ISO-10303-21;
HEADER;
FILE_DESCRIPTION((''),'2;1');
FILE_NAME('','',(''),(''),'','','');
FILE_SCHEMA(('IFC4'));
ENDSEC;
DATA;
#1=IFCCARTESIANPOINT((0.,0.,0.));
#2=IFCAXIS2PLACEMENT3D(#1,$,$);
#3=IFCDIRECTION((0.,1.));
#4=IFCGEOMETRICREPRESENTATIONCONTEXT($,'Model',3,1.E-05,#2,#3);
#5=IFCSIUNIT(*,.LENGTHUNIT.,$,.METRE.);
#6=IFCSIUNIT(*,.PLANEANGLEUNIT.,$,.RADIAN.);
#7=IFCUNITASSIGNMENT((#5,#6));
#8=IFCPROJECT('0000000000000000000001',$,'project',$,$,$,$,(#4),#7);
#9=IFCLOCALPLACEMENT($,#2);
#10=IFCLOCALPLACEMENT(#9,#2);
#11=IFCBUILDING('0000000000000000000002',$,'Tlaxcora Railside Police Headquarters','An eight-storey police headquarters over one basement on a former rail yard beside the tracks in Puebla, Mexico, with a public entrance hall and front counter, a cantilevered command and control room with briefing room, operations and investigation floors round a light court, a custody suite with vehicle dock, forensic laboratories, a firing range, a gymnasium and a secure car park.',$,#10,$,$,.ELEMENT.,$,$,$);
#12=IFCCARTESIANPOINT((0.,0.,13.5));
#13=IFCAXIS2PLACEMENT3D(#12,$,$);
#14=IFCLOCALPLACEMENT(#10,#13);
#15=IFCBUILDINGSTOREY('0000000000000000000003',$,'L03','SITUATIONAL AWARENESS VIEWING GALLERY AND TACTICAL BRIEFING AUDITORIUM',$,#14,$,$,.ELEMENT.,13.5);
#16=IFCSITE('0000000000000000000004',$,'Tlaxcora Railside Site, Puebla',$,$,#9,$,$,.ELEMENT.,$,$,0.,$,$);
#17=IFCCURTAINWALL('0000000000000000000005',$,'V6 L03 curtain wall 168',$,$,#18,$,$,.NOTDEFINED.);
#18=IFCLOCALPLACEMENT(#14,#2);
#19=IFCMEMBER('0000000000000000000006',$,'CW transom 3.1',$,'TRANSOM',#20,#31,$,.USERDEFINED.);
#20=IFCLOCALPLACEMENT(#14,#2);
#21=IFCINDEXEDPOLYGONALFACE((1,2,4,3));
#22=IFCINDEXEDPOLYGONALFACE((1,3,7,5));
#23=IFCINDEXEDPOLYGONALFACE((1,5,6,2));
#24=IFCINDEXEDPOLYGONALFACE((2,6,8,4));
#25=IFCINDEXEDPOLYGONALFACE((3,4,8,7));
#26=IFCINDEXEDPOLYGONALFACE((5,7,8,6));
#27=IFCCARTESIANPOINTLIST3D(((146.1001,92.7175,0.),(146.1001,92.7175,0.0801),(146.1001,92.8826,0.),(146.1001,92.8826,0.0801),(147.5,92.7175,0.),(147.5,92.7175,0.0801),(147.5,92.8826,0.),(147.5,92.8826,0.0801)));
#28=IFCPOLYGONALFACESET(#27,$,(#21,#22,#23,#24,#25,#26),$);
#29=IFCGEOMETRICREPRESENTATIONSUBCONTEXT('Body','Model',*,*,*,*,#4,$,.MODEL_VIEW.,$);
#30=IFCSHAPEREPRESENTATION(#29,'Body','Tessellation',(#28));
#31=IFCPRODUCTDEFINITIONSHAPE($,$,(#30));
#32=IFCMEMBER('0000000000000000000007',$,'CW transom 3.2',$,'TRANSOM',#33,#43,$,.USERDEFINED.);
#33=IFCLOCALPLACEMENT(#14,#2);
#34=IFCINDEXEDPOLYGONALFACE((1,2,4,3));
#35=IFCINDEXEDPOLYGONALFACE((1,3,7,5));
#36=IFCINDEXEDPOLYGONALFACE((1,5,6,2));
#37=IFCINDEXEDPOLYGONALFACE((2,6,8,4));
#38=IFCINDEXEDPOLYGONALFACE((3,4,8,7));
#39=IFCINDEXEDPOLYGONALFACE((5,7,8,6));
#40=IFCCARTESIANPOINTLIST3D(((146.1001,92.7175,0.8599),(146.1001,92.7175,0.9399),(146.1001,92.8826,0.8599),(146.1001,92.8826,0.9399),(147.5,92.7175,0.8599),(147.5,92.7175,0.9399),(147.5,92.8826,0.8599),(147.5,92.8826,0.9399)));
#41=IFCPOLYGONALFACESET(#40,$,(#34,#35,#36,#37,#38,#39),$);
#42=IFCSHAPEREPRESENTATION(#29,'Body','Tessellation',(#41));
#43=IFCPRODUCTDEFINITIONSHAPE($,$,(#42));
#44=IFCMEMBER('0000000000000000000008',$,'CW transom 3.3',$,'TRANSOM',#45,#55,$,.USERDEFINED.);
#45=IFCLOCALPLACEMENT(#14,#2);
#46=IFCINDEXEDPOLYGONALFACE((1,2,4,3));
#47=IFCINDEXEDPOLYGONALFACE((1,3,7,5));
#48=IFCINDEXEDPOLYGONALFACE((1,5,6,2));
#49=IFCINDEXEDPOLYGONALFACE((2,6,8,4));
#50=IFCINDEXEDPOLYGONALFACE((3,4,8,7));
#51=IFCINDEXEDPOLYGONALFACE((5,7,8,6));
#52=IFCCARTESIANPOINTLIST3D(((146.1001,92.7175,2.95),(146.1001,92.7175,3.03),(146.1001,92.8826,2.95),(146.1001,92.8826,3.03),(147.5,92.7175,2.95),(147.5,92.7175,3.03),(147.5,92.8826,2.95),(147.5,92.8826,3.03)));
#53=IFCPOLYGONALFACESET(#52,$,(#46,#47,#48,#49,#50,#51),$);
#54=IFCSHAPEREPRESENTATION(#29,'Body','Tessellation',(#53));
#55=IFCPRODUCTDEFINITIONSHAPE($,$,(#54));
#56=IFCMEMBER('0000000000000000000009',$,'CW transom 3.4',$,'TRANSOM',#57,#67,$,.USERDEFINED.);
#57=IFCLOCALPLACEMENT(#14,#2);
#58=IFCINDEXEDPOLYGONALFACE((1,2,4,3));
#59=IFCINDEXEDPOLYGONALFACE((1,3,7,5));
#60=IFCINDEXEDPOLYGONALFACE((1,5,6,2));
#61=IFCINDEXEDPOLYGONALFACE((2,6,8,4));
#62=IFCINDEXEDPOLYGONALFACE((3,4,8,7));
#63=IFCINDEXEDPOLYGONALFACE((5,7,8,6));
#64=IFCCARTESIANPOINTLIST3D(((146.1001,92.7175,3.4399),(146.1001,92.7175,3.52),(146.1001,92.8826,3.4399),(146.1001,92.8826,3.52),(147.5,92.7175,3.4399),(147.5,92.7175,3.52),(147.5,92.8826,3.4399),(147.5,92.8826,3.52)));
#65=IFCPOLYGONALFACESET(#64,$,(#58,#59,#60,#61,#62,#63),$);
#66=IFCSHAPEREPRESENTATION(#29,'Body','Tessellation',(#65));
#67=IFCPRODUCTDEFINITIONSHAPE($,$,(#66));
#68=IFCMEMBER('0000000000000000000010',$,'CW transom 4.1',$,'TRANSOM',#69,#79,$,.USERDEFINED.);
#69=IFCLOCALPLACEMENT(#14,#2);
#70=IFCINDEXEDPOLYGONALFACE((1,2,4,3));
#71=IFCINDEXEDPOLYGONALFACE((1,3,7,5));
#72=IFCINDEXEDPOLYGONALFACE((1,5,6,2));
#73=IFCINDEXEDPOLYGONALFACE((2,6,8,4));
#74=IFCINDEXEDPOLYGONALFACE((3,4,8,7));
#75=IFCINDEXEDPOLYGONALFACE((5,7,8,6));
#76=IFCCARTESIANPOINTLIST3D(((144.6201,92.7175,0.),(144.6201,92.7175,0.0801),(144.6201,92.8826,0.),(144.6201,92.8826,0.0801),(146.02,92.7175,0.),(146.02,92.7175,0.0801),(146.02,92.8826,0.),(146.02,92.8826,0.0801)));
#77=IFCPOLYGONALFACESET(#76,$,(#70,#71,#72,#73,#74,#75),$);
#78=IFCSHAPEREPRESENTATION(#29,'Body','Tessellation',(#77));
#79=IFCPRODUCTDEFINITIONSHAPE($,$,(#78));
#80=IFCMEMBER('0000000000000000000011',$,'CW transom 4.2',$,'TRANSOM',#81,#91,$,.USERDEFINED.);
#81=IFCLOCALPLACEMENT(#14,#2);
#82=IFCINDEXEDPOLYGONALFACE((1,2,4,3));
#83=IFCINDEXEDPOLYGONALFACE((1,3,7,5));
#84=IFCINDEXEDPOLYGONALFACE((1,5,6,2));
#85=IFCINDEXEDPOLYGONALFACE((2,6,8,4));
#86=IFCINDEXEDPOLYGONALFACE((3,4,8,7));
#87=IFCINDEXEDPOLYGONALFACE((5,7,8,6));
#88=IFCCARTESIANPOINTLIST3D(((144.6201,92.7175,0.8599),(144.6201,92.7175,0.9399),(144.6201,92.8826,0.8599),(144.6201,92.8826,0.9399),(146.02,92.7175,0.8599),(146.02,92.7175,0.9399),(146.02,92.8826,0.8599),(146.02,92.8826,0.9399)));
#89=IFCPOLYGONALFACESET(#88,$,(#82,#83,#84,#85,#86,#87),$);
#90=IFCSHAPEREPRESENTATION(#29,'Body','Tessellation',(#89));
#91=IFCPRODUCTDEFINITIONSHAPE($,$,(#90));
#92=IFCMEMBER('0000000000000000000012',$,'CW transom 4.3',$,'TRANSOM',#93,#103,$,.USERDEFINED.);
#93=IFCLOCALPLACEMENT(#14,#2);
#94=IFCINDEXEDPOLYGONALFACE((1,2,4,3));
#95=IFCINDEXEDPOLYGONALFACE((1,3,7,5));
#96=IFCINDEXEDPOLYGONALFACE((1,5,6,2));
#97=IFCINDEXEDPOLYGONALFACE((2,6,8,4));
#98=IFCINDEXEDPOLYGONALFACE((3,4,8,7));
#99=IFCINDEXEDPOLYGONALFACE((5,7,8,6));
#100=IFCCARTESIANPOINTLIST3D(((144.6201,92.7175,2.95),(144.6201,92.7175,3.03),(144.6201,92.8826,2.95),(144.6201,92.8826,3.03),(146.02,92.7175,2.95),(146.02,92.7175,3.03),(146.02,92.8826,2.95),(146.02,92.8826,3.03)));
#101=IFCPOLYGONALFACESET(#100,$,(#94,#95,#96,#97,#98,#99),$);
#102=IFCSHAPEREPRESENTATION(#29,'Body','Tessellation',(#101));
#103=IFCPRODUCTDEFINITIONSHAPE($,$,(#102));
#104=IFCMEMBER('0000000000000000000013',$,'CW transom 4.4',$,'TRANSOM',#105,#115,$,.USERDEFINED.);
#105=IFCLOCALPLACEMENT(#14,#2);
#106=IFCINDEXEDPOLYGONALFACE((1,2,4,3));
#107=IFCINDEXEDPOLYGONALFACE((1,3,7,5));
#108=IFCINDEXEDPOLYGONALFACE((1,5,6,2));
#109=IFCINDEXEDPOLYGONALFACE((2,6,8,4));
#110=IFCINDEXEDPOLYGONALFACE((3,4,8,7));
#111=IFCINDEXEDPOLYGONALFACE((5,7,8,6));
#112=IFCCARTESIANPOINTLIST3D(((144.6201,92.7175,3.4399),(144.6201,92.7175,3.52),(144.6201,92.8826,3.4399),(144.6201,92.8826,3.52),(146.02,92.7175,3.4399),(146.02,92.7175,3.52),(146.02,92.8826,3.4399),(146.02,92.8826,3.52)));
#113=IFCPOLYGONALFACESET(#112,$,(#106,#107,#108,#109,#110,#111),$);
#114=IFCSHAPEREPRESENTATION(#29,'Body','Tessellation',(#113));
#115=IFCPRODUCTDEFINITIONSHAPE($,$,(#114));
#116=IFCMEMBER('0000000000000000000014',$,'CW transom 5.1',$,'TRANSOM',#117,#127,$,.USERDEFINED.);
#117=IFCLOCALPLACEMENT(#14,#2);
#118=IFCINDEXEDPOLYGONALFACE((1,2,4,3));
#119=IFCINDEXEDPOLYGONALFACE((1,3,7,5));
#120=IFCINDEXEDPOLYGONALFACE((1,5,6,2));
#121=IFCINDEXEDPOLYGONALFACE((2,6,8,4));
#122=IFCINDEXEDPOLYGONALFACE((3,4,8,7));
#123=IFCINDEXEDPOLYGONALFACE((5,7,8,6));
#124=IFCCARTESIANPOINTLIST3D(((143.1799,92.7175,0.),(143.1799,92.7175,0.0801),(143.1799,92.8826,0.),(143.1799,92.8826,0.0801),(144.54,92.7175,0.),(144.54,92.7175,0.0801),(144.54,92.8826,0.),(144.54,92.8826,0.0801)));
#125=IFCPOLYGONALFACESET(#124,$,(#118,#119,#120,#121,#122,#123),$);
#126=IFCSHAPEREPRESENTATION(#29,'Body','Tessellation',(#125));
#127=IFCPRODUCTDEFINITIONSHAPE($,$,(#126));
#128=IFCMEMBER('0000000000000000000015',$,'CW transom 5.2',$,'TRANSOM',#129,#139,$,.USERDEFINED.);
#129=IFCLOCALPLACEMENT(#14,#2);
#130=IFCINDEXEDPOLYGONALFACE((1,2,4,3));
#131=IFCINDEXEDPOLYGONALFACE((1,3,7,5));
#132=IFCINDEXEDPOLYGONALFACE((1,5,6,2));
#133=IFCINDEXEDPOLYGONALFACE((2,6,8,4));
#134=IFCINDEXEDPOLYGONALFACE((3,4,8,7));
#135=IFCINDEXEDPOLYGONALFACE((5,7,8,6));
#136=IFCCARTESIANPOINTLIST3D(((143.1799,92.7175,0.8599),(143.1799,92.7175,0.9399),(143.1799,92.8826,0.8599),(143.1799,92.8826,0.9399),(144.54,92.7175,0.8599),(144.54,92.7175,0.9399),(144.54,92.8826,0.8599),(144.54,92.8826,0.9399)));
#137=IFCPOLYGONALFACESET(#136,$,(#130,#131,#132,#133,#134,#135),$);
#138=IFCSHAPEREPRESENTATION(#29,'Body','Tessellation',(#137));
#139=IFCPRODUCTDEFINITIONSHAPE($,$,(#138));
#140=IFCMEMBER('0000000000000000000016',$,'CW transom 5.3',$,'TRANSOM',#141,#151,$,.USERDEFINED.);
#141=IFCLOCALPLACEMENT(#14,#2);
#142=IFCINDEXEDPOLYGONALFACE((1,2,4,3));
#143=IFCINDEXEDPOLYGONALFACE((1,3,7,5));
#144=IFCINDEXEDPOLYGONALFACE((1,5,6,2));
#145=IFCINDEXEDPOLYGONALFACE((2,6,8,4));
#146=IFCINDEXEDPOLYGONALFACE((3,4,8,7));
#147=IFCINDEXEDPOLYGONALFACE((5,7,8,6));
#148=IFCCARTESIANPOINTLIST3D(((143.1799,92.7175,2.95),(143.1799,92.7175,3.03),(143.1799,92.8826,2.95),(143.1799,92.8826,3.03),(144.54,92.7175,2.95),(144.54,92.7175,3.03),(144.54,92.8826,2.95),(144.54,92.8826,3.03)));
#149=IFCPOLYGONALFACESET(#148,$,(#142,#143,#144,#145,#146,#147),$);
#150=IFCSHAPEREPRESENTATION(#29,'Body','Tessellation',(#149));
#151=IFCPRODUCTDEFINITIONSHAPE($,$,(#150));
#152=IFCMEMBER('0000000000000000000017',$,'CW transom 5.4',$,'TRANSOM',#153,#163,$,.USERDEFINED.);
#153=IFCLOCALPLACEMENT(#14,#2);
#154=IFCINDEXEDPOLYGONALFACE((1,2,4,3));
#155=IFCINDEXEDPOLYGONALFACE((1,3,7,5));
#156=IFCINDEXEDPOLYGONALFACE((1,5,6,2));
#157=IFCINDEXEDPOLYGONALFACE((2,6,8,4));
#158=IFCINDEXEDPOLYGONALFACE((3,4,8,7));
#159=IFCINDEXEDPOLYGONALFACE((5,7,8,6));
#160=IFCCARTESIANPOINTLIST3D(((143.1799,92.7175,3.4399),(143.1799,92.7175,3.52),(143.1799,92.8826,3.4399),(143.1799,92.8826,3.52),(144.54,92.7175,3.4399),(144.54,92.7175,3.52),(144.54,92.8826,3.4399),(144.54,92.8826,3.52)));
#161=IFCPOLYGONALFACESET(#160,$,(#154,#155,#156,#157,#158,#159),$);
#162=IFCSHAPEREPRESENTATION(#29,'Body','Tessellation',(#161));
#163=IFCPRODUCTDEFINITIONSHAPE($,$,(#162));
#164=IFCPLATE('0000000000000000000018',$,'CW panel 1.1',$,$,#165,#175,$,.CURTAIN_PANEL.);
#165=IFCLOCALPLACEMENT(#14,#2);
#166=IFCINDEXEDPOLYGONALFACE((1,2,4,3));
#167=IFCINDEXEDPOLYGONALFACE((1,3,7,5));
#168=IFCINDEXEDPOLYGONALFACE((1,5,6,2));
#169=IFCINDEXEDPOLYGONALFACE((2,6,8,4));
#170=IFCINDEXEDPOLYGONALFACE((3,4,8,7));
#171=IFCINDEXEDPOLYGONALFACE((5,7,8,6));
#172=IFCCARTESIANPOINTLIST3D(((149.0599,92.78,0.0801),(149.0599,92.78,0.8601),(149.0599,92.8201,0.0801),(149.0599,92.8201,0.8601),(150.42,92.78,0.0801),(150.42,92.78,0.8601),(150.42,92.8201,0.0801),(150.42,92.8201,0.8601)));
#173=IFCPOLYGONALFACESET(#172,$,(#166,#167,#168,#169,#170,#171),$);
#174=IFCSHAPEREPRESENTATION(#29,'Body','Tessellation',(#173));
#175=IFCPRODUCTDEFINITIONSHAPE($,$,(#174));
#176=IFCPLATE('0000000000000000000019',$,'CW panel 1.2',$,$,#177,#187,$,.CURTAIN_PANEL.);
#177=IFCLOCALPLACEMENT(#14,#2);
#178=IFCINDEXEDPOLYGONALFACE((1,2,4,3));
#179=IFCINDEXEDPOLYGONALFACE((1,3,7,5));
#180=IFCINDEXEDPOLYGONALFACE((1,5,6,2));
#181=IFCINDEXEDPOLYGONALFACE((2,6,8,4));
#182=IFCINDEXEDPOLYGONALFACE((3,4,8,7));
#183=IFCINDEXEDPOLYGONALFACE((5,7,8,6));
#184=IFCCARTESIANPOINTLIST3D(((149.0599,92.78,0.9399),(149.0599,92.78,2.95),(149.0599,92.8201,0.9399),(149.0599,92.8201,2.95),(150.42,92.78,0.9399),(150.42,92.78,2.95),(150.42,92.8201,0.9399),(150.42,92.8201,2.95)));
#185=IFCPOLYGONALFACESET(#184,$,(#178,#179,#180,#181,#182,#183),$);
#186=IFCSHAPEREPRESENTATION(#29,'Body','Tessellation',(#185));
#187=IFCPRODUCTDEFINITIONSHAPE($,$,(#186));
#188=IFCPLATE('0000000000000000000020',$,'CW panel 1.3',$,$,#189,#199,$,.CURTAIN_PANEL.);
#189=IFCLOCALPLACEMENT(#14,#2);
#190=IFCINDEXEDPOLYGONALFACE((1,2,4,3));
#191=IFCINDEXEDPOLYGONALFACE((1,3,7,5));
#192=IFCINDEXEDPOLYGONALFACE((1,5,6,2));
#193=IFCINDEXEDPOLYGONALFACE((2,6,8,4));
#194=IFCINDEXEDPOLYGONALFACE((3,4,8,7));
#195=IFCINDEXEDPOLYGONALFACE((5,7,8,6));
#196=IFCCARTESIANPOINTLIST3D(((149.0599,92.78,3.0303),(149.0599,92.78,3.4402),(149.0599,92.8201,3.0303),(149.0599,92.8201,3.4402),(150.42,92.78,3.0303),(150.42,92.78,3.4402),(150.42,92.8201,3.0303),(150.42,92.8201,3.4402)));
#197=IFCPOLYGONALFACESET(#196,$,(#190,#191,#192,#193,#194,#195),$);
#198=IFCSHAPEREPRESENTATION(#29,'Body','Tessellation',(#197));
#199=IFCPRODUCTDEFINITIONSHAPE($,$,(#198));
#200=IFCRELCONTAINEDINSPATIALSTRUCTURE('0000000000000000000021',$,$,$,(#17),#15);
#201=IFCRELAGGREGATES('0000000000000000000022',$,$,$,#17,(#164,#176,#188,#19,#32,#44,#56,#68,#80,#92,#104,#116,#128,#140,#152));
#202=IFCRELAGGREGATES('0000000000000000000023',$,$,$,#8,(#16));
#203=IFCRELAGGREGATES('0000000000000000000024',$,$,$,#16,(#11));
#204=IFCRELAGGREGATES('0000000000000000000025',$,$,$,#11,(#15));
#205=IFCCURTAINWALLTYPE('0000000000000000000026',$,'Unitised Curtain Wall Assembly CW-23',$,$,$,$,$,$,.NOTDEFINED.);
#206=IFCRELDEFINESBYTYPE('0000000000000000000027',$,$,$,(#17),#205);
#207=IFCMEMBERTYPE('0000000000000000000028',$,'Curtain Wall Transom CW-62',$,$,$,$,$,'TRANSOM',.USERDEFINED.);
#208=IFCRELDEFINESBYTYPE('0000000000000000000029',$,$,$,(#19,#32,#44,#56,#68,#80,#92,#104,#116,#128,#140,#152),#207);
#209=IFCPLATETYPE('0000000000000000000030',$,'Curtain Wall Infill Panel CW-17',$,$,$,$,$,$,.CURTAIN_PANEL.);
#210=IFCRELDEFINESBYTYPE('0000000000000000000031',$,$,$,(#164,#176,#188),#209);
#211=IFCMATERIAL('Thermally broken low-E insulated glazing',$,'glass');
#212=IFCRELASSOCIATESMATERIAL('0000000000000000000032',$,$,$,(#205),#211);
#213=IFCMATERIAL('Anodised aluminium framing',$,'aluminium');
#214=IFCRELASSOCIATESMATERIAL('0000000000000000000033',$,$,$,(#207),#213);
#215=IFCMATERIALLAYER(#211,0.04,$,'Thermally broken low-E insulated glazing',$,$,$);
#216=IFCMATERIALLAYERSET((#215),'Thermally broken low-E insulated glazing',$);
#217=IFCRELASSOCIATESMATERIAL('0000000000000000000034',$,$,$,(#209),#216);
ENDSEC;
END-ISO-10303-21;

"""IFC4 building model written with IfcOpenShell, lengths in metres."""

from ifc_helpers import new_model, si_unit, direction, frame, origin, origin_2d, place, context, subcontext, project, spatial, rectangle, extrude, material, layer, layer_set, material_profile, profile_set, type_object, element, aggregate, save


model = new_model("IFC4")

# Units and contexts
model_context = context("Model", 3, precision=1e-05, world=origin(), true_north=direction((0.0, 1.0)))
body_context = subcontext(model_context, "Body", "Model", "MODEL_VIEW")
ifc_project = project(units=[si_unit("LENGTHUNIT", "METRE"), si_unit("PLANEANGLEUNIT", "RADIAN")], contexts=[model_context])

# Site, building, storey
site_placement = place(None, origin())
site = spatial("IfcSite", under=ifc_project, at=site_placement, Name="Tlaxcora Railside Site, Puebla", CompositionType="ELEMENT", RefElevation=0.0)
building_placement = place(site_placement, origin())
building = spatial("IfcBuilding", under=site, at=building_placement, Name="Tlaxcora Railside Police Headquarters", Description="An eight-storey police headquarters over one basement on a former rail yard beside the tracks in Puebla, Mexico, with a public entrance hall and front counter, a cantilevered command and control room with briefing room, operations and investigation floors round a light court, a custody suite with vehicle dock, forensic laboratories, a firing range, a gymnasium and a secure car park.", CompositionType="ELEMENT")
storey_placement = place(building_placement, frame((0.0, 0.0, 13.5)))
storey = spatial("IfcBuildingStorey", under=building, at=storey_placement, Name="L03", Description="SITUATIONAL AWARENESS VIEWING GALLERY AND TACTICAL BRIEFING AUDITORIUM", CompositionType="ELEMENT", Elevation=13.5)

# Curtain wall, members, plates
ifc_material_1 = material(Name="Thermally broken low-E insulated glazing", Category="glass")
curtain_wall_type = type_object("IfcCurtainWallType", Name="Unitised Curtain Wall Assembly CW-23", PredefinedType="NOTDEFINED", material=ifc_material_1)
curtain_wall_placement = place(storey_placement, origin())
curtain_wall = element("IfcCurtainWall", 1, at=curtain_wall_placement, inside=storey, type_object=curtain_wall_type, Name="V6 L03 curtain wall 168", PredefinedType="NOTDEFINED")
ifc_material_2 = material(Name="Anodised aluminium framing", Category="aluminium")
ifc_material_profile_1 = material_profile(ifc_material_2, rectangle(XDim=0.165, YDim=0.0801, at=origin_2d()), Name="AL80X165")
ifc_profile_set_1 = profile_set([ifc_material_profile_1], Name="Anodised aluminium framing")
member_type_1 = type_object("IfcMemberType", Name="Curtain Wall Transom CW-62", ElementType="TRANSOM", PredefinedType="USERDEFINED", material=ifc_profile_set_1)
member_1_placement = place(storey_placement, frame((147.5, 92.8, 0.04), z_axis=(-1.0, 0.0, 0.0), x_axis=(0.0, -1.0, 0.0)))
member_1 = element("IfcMember", 2, at=member_1_placement, type_object=member_type_1, Name="CW transom 3.1", ObjectType="TRANSOM", PredefinedType="USERDEFINED", context=body_context, shape_type="SweptSolid", body=[
    extrude(rectangle(XDim=0.165, YDim=0.0801, at=origin_2d()), origin(), (0.0, 0.0, 1.0), 1.3999),
])
member_2_placement = place(storey_placement, frame((147.5, 92.8, 0.8999), z_axis=(-1.0, 0.0, 0.0), x_axis=(0.0, -1.0, 0.0)))
member_2 = element("IfcMember", 3, at=member_2_placement, type_object=member_type_1, Name="CW transom 3.2", ObjectType="TRANSOM", PredefinedType="USERDEFINED", context=body_context, shape_type="SweptSolid", body=[
    extrude(rectangle(XDim=0.165, YDim=0.0801, at=origin_2d()), origin(), (0.0, 0.0, 1.0), 1.3999),
])
member_3_placement = place(storey_placement, frame((147.5, 92.8, 2.99), z_axis=(-1.0, 0.0, 0.0), x_axis=(0.0, -1.0, 0.0)))
member_3 = element("IfcMember", 4, at=member_3_placement, type_object=member_type_1, Name="CW transom 3.3", ObjectType="TRANSOM", PredefinedType="USERDEFINED", context=body_context, shape_type="SweptSolid", body=[
    extrude(rectangle(XDim=0.165, YDim=0.0801, at=origin_2d()), origin(), (0.0, 0.0, 1.0), 1.3999),
])
member_4_placement = place(storey_placement, frame((147.5, 92.8, 3.48), z_axis=(-1.0, 0.0, 0.0), x_axis=(0.0, -1.0, 0.0)))
member_4 = element("IfcMember", 5, at=member_4_placement, type_object=member_type_1, Name="CW transom 3.4", ObjectType="TRANSOM", PredefinedType="USERDEFINED", context=body_context, shape_type="SweptSolid", body=[
    extrude(rectangle(XDim=0.165, YDim=0.0801, at=origin_2d()), origin(), (0.0, 0.0, 1.0), 1.3999),
])
member_5_placement = place(storey_placement, frame((146.02, 92.8, 0.04), z_axis=(-1.0, 0.0, 0.0), x_axis=(0.0, -1.0, 0.0)))
member_5 = element("IfcMember", 6, at=member_5_placement, type_object=member_type_1, Name="CW transom 4.1", ObjectType="TRANSOM", PredefinedType="USERDEFINED", context=body_context, shape_type="SweptSolid", body=[
    extrude(rectangle(XDim=0.165, YDim=0.0801, at=origin_2d()), origin(), (0.0, 0.0, 1.0), 1.3999),
])
member_6_placement = place(storey_placement, frame((146.02, 92.8, 0.8999), z_axis=(-1.0, 0.0, 0.0), x_axis=(0.0, -1.0, 0.0)))
member_6 = element("IfcMember", 7, at=member_6_placement, type_object=member_type_1, Name="CW transom 4.2", ObjectType="TRANSOM", PredefinedType="USERDEFINED", context=body_context, shape_type="SweptSolid", body=[
    extrude(rectangle(XDim=0.165, YDim=0.0801, at=origin_2d()), origin(), (0.0, 0.0, 1.0), 1.3999),
])
member_7_placement = place(storey_placement, frame((146.02, 92.8, 2.99), z_axis=(-1.0, 0.0, 0.0), x_axis=(0.0, -1.0, 0.0)))
member_7 = element("IfcMember", 8, at=member_7_placement, type_object=member_type_1, Name="CW transom 4.3", ObjectType="TRANSOM", PredefinedType="USERDEFINED", context=body_context, shape_type="SweptSolid", body=[
    extrude(rectangle(XDim=0.165, YDim=0.0801, at=origin_2d()), origin(), (0.0, 0.0, 1.0), 1.3999),
])
member_8_placement = place(storey_placement, frame((146.02, 92.8, 3.48), z_axis=(-1.0, 0.0, 0.0), x_axis=(0.0, -1.0, 0.0)))
member_8 = element("IfcMember", 9, at=member_8_placement, type_object=member_type_1, Name="CW transom 4.4", ObjectType="TRANSOM", PredefinedType="USERDEFINED", context=body_context, shape_type="SweptSolid", body=[
    extrude(rectangle(XDim=0.165, YDim=0.0801, at=origin_2d()), origin(), (0.0, 0.0, 1.0), 1.3999),
])
member_9_placement = place(storey_placement, frame((144.54, 92.8, 0.04), z_axis=(-1.0, 0.0, 0.0), x_axis=(0.0, -1.0, 0.0)))
member_9 = element("IfcMember", 10, at=member_9_placement, type_object=member_type_1, Name="CW transom 5.1", ObjectType="TRANSOM", PredefinedType="USERDEFINED", context=body_context, shape_type="SweptSolid", body=[
    extrude(rectangle(XDim=0.165, YDim=0.0801, at=origin_2d()), origin(), (0.0, 0.0, 1.0), 1.3601),
])
member_10_placement = place(storey_placement, frame((144.54, 92.8, 0.8999), z_axis=(-1.0, 0.0, 0.0), x_axis=(0.0, -1.0, 0.0)))
member_10 = element("IfcMember", 11, at=member_10_placement, type_object=member_type_1, Name="CW transom 5.2", ObjectType="TRANSOM", PredefinedType="USERDEFINED", context=body_context, shape_type="SweptSolid", body=[
    extrude(rectangle(XDim=0.165, YDim=0.0801, at=origin_2d()), origin(), (0.0, 0.0, 1.0), 1.3601),
])
member_11_placement = place(storey_placement, frame((144.54, 92.8, 2.99), z_axis=(-1.0, 0.0, 0.0), x_axis=(0.0, -1.0, 0.0)))
member_11 = element("IfcMember", 12, at=member_11_placement, type_object=member_type_1, Name="CW transom 5.3", ObjectType="TRANSOM", PredefinedType="USERDEFINED", context=body_context, shape_type="SweptSolid", body=[
    extrude(rectangle(XDim=0.165, YDim=0.0801, at=origin_2d()), origin(), (0.0, 0.0, 1.0), 1.3601),
])
member_12_placement = place(storey_placement, frame((144.54, 92.8, 3.48), z_axis=(-1.0, 0.0, 0.0), x_axis=(0.0, -1.0, 0.0)))
member_12 = element("IfcMember", 13, at=member_12_placement, type_object=member_type_1, Name="CW transom 5.4", ObjectType="TRANSOM", PredefinedType="USERDEFINED", context=body_context, shape_type="SweptSolid", body=[
    extrude(rectangle(XDim=0.165, YDim=0.0801, at=origin_2d()), origin(), (0.0, 0.0, 1.0), 1.3601),
])
ifc_layer = layer(ifc_material_1, 0.04, Name="Thermally broken low-E insulated glazing")
ifc_layer_set = layer_set([ifc_layer], Name="Thermally broken low-E insulated glazing")
plate_type = type_object("IfcPlateType", Name="Curtain Wall Infill Panel CW-17", PredefinedType="CURTAIN_PANEL", material=ifc_layer_set)
plate_1_placement = place(storey_placement, frame((149.74, 92.8, 0.0801), z_axis=(0.0, 0.0, 1.0), x_axis=(-1.0, 0.0, 0.0)))
plate_1 = element("IfcPlate", 14, at=plate_1_placement, type_object=plate_type, Name="CW panel 1.1", PredefinedType="CURTAIN_PANEL", context=body_context, shape_type="SweptSolid", body=[
    extrude(rectangle(XDim=1.3601, YDim=0.04, at=origin_2d()), origin(), (0.0, 0.0, 1.0), 0.78),
])
plate_2_placement = place(storey_placement, frame((149.74, 92.8, 0.9399), z_axis=(0.0, 0.0, 1.0), x_axis=(-1.0, 0.0, 0.0)))
plate_2 = element("IfcPlate", 15, at=plate_2_placement, type_object=plate_type, Name="CW panel 1.2", PredefinedType="CURTAIN_PANEL", context=body_context, shape_type="SweptSolid", body=[
    extrude(rectangle(XDim=1.3601, YDim=0.04, at=origin_2d()), origin(), (0.0, 0.0, 1.0), 2.01),
])
plate_3_placement = place(storey_placement, frame((149.74, 92.8, 3.0303), z_axis=(0.0, 0.0, 1.0), x_axis=(-1.0, 0.0, 0.0)))
plate_3 = element("IfcPlate", 16, at=plate_3_placement, type_object=plate_type, Name="CW panel 1.3", PredefinedType="CURTAIN_PANEL", context=body_context, shape_type="SweptSolid", body=[
    extrude(rectangle(XDim=1.3601, YDim=0.04, at=origin_2d()), origin(), (0.0, 0.0, 1.0), 0.4099),
])
aggregate(curtain_wall, [plate_1, plate_2, plate_3, member_1, member_2, member_3, member_4, member_5, member_6, member_7, member_8, member_9, member_10, member_11, member_12])

save(model, "model.ifc")
